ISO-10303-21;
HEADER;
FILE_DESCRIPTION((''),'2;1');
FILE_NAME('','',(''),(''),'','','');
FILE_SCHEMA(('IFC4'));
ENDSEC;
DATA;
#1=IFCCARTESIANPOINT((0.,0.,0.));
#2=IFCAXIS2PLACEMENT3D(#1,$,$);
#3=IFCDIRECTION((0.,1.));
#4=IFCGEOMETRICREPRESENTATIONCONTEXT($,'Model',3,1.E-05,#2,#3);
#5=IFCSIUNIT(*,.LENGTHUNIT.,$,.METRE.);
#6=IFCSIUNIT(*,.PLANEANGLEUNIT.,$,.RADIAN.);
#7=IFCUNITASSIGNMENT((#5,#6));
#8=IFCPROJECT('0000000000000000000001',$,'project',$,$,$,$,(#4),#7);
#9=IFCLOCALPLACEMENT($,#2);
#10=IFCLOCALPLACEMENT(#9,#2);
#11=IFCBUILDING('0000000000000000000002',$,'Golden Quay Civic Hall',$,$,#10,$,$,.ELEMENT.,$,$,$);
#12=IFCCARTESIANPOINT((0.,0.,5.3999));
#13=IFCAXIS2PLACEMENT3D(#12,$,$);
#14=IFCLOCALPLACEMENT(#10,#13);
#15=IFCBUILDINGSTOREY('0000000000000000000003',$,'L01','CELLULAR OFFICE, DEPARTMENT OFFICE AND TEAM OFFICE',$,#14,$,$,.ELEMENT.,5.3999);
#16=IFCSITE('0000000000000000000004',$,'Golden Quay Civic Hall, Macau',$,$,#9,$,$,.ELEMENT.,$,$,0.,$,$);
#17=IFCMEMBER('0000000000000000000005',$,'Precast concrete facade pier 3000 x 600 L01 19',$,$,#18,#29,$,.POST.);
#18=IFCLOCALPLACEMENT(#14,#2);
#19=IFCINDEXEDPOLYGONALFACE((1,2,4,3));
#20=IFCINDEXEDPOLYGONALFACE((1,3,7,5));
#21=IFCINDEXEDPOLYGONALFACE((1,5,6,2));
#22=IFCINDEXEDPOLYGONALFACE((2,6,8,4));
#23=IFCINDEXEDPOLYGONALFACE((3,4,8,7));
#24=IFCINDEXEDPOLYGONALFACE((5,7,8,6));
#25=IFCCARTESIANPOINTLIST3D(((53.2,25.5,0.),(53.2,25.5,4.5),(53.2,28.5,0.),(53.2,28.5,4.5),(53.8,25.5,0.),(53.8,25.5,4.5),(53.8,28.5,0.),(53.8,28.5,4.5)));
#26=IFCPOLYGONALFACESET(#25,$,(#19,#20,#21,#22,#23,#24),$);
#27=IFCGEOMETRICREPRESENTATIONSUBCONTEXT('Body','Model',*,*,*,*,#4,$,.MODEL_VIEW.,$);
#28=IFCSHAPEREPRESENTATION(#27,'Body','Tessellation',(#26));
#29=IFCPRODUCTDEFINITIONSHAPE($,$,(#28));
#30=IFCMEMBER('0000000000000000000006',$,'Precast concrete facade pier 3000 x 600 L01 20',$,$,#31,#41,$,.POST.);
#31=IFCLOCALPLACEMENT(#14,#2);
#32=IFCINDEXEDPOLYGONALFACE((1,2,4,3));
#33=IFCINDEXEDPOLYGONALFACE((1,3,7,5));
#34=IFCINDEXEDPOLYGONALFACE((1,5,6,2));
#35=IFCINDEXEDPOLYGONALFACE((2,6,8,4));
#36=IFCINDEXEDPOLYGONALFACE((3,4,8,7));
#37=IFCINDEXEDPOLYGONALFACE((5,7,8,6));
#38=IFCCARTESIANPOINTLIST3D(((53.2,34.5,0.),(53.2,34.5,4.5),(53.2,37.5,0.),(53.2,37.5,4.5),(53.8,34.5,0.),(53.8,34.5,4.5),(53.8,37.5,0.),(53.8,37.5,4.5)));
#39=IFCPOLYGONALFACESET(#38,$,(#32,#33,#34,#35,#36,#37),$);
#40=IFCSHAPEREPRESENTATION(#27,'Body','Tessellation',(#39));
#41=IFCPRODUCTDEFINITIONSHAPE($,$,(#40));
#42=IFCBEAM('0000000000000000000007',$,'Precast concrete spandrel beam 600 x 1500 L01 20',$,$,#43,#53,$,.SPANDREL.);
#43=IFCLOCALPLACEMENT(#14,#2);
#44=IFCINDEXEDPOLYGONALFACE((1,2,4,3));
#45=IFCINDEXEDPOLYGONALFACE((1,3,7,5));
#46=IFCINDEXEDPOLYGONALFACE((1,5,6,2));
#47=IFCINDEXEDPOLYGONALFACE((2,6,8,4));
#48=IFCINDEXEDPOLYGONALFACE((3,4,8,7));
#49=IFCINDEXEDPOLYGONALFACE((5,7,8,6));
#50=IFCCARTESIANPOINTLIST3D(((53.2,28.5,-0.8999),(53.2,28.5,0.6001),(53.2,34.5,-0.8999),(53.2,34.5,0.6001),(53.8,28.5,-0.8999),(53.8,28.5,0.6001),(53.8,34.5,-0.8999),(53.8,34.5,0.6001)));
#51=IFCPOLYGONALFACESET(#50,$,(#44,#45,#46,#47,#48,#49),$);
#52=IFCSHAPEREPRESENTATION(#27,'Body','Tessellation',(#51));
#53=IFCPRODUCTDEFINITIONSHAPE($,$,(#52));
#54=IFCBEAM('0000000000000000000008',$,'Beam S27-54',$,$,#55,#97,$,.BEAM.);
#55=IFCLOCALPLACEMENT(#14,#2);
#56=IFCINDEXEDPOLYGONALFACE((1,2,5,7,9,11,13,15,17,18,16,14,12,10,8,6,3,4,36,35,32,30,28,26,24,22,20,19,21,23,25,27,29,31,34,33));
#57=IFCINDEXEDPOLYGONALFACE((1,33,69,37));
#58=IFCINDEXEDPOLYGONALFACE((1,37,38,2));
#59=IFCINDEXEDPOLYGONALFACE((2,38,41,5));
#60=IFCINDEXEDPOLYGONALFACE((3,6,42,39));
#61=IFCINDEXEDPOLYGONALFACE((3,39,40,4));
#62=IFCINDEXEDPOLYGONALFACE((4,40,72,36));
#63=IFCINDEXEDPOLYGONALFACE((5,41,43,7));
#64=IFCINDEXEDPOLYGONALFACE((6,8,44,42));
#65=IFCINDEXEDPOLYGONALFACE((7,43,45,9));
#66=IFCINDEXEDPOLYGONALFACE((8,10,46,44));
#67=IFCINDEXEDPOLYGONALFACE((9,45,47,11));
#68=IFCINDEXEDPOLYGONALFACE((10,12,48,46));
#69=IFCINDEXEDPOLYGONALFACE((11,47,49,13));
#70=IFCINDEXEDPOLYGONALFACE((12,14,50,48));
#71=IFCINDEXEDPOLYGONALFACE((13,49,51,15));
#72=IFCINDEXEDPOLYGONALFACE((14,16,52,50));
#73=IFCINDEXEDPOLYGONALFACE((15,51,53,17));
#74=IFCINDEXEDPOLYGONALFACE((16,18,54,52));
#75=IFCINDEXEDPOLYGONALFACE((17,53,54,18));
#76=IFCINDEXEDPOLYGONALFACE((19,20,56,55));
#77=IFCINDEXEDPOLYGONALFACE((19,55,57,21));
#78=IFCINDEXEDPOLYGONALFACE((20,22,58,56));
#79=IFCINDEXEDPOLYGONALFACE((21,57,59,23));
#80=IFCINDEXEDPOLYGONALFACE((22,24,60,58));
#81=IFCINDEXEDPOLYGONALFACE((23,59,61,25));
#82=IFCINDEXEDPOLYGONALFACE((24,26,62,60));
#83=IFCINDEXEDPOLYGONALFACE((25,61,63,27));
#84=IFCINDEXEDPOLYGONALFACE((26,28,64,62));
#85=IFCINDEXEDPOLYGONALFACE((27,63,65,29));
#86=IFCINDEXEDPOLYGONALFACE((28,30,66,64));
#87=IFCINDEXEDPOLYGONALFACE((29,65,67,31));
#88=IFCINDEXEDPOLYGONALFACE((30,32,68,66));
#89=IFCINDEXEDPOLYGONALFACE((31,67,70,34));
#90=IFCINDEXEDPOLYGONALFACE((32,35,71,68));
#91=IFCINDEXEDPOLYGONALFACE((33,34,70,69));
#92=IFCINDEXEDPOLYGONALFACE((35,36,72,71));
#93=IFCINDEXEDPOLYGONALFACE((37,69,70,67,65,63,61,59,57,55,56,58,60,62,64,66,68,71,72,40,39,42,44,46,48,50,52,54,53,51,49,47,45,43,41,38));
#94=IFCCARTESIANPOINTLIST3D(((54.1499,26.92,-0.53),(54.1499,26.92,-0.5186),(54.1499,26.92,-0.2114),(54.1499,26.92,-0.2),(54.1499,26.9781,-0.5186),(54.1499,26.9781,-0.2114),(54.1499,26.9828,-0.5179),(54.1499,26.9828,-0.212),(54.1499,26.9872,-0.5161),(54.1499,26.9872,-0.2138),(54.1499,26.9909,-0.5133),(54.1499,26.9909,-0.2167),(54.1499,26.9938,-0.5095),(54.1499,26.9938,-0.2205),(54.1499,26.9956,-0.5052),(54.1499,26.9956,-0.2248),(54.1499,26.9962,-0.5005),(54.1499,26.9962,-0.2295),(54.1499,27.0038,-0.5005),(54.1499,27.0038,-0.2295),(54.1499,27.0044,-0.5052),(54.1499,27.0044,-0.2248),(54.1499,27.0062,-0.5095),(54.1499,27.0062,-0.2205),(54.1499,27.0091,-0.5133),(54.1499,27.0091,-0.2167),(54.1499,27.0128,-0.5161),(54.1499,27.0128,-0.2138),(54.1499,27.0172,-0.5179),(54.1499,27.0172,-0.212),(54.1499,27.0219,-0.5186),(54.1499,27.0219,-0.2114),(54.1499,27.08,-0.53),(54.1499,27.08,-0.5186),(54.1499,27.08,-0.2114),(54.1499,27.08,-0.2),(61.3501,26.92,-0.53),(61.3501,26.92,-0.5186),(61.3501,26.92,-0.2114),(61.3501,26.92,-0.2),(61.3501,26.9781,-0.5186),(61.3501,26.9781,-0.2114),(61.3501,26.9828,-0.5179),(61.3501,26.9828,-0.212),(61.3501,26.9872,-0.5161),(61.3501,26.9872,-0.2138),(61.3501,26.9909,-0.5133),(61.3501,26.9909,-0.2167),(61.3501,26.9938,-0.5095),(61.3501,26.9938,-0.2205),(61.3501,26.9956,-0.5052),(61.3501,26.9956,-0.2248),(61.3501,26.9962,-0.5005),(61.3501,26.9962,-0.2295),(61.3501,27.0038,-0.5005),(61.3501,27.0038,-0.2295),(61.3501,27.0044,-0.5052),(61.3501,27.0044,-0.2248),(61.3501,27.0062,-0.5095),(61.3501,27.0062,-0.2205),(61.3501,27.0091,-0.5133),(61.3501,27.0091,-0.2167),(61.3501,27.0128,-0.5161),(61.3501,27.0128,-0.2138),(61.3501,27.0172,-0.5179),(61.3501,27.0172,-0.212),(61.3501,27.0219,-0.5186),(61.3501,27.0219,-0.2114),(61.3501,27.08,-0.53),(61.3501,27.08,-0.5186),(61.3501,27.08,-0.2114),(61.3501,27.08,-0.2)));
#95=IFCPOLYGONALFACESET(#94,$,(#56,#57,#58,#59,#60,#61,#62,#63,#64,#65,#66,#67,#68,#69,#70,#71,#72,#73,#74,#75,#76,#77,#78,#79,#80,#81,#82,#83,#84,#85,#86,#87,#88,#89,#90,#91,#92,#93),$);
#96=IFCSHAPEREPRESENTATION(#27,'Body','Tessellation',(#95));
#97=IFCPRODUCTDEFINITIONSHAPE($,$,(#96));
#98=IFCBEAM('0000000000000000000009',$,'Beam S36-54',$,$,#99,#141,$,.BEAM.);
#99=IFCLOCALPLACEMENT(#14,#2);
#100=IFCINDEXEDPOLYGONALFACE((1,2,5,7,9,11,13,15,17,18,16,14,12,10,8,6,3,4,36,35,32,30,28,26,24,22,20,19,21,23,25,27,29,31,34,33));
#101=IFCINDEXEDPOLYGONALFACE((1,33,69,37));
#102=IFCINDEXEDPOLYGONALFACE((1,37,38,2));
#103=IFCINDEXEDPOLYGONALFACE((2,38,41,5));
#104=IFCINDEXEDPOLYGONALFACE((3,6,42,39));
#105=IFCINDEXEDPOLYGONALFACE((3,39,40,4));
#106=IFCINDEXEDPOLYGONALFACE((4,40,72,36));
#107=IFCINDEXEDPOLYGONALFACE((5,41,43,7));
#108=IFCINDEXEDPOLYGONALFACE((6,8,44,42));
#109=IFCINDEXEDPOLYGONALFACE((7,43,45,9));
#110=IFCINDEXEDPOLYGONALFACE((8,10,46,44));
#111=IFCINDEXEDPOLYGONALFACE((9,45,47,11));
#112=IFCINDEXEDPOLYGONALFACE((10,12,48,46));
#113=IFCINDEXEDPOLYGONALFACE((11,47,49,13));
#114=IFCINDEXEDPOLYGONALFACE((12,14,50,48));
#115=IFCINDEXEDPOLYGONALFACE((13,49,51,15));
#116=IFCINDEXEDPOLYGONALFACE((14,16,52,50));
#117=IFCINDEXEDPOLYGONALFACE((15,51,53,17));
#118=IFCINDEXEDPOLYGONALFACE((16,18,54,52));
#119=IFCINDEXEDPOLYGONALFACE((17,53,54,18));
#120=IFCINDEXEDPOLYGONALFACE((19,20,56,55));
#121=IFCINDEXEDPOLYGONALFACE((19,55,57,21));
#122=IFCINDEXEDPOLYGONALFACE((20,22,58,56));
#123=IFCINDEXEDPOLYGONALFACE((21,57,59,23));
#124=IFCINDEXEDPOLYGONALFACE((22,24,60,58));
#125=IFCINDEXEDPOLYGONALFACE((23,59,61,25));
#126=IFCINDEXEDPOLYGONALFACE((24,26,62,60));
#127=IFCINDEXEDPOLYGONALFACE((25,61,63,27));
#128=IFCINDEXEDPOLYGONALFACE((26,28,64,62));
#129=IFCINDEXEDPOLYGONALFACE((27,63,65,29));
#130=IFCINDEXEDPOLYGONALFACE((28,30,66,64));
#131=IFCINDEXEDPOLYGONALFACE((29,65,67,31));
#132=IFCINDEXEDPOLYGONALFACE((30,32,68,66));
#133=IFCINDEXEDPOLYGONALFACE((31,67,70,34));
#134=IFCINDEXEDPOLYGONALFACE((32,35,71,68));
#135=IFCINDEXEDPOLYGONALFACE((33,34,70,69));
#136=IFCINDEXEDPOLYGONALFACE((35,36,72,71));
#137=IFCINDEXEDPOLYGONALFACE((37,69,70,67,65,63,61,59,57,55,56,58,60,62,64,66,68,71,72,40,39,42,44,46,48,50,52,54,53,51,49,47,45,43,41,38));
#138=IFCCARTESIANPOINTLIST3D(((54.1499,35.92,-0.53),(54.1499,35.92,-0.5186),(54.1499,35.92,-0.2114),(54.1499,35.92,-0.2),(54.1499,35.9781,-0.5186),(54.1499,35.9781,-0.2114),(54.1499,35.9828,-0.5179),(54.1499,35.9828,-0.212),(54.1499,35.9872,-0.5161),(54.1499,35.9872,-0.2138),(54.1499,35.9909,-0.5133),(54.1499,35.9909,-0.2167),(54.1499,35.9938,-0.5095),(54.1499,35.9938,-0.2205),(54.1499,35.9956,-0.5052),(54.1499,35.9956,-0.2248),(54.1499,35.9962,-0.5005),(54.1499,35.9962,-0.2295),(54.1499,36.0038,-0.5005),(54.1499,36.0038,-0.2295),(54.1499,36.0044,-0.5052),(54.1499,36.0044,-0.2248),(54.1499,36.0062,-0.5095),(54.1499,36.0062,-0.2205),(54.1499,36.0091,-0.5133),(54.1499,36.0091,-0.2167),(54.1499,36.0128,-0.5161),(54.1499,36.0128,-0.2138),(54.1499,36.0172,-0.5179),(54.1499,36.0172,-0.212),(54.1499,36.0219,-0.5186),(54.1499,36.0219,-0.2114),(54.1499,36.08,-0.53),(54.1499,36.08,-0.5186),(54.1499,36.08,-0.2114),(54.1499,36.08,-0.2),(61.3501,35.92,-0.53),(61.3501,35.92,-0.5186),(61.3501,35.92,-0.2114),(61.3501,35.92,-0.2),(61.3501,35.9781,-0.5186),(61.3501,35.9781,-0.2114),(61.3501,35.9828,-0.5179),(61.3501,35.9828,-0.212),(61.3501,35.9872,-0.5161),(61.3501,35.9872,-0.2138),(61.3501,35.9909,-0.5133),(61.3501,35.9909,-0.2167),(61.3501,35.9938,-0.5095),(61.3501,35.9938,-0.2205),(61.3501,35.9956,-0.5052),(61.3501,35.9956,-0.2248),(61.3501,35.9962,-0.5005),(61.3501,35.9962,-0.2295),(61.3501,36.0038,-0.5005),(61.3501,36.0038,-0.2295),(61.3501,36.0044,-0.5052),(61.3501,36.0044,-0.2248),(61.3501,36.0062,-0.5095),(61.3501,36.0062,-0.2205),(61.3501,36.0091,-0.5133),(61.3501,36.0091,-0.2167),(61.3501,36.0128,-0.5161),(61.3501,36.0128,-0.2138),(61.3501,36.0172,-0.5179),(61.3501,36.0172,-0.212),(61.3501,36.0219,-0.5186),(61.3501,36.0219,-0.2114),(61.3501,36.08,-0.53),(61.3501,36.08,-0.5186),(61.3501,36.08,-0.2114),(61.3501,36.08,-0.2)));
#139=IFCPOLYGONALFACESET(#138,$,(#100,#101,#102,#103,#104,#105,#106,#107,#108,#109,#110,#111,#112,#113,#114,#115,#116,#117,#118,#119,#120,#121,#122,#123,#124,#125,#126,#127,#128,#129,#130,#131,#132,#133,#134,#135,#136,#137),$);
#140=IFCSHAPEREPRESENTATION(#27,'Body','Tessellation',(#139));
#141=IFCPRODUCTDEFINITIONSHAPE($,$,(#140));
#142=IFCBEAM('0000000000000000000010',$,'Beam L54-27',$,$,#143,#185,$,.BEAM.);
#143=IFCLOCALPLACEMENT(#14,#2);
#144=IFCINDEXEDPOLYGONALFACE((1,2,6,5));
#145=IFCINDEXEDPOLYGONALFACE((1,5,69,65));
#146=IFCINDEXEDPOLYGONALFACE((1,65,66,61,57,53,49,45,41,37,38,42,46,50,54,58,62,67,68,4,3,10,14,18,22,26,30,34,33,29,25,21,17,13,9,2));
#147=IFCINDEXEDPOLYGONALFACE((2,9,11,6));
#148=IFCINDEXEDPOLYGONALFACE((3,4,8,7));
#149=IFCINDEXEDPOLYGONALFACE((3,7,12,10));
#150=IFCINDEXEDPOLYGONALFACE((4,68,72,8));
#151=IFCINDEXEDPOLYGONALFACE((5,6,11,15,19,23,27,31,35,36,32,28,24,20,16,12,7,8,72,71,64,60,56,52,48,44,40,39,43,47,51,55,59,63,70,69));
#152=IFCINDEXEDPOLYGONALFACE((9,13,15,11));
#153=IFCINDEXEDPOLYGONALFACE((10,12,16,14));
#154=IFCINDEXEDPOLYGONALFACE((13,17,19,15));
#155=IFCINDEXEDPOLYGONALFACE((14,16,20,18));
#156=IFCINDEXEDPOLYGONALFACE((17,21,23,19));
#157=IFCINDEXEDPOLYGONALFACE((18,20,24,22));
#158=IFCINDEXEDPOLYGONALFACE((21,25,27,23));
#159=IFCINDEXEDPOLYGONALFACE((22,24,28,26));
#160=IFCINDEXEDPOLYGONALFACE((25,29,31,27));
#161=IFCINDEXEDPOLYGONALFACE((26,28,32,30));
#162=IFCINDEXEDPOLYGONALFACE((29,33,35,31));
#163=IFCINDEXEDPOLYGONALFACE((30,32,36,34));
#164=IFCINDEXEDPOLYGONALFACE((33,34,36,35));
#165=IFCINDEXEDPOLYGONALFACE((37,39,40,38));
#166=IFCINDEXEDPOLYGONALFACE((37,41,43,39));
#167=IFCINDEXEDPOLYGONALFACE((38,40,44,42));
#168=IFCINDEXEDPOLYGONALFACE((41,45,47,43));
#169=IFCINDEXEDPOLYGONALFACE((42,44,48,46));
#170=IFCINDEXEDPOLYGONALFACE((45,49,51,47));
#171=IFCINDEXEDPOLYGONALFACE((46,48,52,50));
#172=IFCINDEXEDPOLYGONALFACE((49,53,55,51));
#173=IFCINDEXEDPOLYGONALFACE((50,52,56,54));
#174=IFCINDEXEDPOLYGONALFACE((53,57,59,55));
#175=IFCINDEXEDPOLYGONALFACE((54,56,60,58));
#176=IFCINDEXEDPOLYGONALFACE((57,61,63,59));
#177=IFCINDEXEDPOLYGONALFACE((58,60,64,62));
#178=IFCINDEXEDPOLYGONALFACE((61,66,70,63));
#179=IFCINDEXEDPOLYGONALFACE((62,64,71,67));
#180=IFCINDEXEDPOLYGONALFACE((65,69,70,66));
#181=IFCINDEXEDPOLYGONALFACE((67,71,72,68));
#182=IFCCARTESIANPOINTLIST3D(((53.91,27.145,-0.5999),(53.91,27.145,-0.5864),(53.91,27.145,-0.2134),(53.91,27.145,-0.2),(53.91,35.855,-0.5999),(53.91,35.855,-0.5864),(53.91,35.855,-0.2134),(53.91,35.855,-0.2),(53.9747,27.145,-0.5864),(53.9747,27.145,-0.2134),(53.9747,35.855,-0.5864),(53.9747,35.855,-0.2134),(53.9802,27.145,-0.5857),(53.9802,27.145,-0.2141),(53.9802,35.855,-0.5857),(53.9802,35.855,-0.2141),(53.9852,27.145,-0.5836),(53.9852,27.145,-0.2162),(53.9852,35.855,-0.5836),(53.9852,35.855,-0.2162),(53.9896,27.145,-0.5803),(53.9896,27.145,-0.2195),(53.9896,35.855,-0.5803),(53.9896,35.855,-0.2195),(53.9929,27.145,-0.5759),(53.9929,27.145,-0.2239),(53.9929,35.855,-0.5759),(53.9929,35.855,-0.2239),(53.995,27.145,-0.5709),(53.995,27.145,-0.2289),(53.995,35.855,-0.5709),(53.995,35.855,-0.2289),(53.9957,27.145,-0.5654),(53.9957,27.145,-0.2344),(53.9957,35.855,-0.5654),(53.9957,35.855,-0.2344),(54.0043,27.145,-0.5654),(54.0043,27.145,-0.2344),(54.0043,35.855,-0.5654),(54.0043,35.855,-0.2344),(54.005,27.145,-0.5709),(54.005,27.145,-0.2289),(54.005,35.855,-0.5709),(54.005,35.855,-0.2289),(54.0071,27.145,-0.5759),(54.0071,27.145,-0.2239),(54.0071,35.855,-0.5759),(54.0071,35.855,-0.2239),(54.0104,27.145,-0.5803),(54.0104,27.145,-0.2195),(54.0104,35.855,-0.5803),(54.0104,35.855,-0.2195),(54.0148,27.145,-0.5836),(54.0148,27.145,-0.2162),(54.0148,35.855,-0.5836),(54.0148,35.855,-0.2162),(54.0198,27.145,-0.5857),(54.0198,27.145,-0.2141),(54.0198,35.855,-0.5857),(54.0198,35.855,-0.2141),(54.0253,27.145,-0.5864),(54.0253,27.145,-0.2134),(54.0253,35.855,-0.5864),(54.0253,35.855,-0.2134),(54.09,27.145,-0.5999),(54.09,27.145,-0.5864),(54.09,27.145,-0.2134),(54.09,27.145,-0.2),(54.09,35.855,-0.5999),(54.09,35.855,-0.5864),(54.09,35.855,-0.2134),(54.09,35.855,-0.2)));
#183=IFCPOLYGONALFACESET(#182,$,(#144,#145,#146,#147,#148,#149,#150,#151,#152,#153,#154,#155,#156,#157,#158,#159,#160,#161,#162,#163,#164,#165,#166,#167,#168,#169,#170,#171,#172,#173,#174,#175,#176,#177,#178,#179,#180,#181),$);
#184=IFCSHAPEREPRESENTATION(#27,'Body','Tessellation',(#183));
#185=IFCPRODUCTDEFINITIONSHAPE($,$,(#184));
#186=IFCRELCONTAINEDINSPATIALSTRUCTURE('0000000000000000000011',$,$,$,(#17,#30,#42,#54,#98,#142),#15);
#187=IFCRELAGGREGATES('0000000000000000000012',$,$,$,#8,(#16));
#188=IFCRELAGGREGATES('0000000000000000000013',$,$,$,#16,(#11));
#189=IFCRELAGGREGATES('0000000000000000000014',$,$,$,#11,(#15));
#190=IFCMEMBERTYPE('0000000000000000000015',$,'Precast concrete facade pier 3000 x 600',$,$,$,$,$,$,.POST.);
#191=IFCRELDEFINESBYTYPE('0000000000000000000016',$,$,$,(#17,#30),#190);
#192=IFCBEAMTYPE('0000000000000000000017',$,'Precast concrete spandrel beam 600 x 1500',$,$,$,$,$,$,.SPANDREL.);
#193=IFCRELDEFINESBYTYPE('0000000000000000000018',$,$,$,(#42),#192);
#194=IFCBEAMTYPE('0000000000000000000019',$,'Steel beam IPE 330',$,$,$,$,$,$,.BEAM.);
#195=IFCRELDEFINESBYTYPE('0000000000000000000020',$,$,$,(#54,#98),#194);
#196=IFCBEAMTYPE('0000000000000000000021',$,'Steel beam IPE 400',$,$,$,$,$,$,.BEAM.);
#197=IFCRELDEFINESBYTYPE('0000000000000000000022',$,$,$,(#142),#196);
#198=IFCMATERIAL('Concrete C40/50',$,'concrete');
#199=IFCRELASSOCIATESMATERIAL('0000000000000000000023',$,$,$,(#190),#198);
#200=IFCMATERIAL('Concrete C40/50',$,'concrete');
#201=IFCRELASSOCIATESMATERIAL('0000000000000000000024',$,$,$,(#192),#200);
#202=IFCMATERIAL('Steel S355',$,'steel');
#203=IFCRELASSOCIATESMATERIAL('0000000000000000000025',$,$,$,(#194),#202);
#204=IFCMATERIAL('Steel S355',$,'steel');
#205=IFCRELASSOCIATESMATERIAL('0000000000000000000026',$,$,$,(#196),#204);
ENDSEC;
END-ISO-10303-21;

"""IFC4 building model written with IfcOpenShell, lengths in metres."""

from ifc_helpers import new_model, si_unit, direction, frame, origin, origin_2d, place, context, subcontext, project, spatial, rectangle, i_section, extrude, material, material_profile, profile_set, type_object, element, save


model = new_model("IFC4")

# Units and contexts
model_context = context("Model", 3, precision=1e-05, world=origin(), true_north=direction((0.0, 1.0)))
body_context = subcontext(model_context, "Body", "Model", "MODEL_VIEW")
ifc_project = project(units=[si_unit("LENGTHUNIT", "METRE"), si_unit("PLANEANGLEUNIT", "RADIAN")], contexts=[model_context])

# Site, building, storey
site_placement = place(None, origin())
site = spatial("IfcSite", under=ifc_project, at=site_placement, Name="Golden Quay Civic Hall, Macau", CompositionType="ELEMENT", RefElevation=0.0)
building_placement = place(site_placement, origin())
building = spatial("IfcBuilding", under=site, at=building_placement, Name="Golden Quay Civic Hall", CompositionType="ELEMENT")
storey_placement = place(building_placement, frame((0.0, 0.0, 5.3999)))
storey = spatial("IfcBuildingStorey", under=building, at=storey_placement, Name="L01", Description="CELLULAR OFFICE, DEPARTMENT OFFICE AND TEAM OFFICE", CompositionType="ELEMENT", Elevation=5.3999)

# Members
ifc_material_1 = material(Name="Concrete C40/50", Category="concrete")
ifc_material_profile_1 = material_profile(ifc_material_1, rectangle(XDim=3.0, YDim=0.6001, at=origin_2d()), Name="RC 3000x600")
ifc_profile_set_1 = profile_set([ifc_material_profile_1], Name="Concrete C40/50")
member_type = type_object("IfcMemberType", Name="Precast concrete facade pier 3000 x 600", PredefinedType="POST", material=ifc_profile_set_1)
for number, where, z_axis, x_axis, name in (
    (1, (53.5, 27.0, 0.0), (0.0, 0.0, 1.0), (0.0, 1.0, 0.0), "Precast concrete facade pier 3000 x 600 L01 19"),
    (2, (53.5, 36.0, 0.0), (0.0, 0.0, 1.0), (0.0, 1.0, 0.0), "Precast concrete facade pier 3000 x 600 L01 20"),
):
    element("IfcMember", number, at=place(storey_placement, frame(where, z_axis=z_axis, x_axis=x_axis)), inside=storey, type_object=member_type, Name=name, PredefinedType="POST", context=body_context, shape_type="SweptSolid", body=[
        extrude(rectangle(XDim=3.0, YDim=0.6001, at=origin_2d()), origin(), (0.0, 0.0, 1.0), 4.5),
    ])

# Beams
ifc_material_2 = material(Name="Concrete C40/50", Category="concrete")
ifc_material_profile_2 = material_profile(ifc_material_2, rectangle(XDim=0.6001, YDim=1.5, at=origin_2d()), Name="RC 600x1500")
ifc_profile_set_2 = profile_set([ifc_material_profile_2], Name="Concrete C40/50")
beam_type_1 = type_object("IfcBeamType", Name="Precast concrete spandrel beam 600 x 1500", PredefinedType="SPANDREL", material=ifc_profile_set_2)
beam_1_placement = place(storey_placement, frame((53.5, 28.5, -0.1499), z_axis=(0.0, 1.0, 0.0), x_axis=(-1.0, 0.0, 0.0)))
element("IfcBeam", 3, at=beam_1_placement, inside=storey, type_object=beam_type_1, Name="Precast concrete spandrel beam 600 x 1500 L01 20", PredefinedType="SPANDREL", context=body_context, shape_type="SweptSolid", body=[
    extrude(rectangle(XDim=0.6001, YDim=1.5, at=origin_2d()), origin(), (0.0, 0.0, 1.0), 6.0),
])
ifc_material_3 = material(Name="Steel S355", Category="steel")
ifc_material_profile_3 = material_profile(ifc_material_3, i_section(OverallWidth=0.1599, OverallDepth=0.3301, WebThickness=0.0076, FlangeThickness=0.0115, FilletRadius=0.0181, at=origin_2d()), Name="IPE 330")
ifc_profile_set_3 = profile_set([ifc_material_profile_3], Name="Steel S355")
beam_type_2 = type_object("IfcBeamType", Name="Steel beam IPE 330", PredefinedType="BEAM", material=ifc_profile_set_3)
for number, where, z_axis, x_axis, name in (
    (4, (54.1499, 27.0, -0.365), (1.0, 0.0, 0.0), (0.0, 1.0, 0.0), "Beam S27-54"),
    (5, (54.1499, 36.0, -0.365), (1.0, 0.0, 0.0), (0.0, 1.0, 0.0), "Beam S36-54"),
):
    element("IfcBeam", number, at=place(storey_placement, frame(where, z_axis=z_axis, x_axis=x_axis)), inside=storey, type_object=beam_type_2, Name=name, PredefinedType="BEAM", context=body_context, shape_type="SweptSolid", body=[
        extrude(i_section(OverallWidth=0.1599, OverallDepth=0.3301, WebThickness=0.0076, FlangeThickness=0.0115, FilletRadius=0.0181, at=origin_2d()), origin(), (0.0, 0.0, 1.0), 7.2002),
    ])
ifc_material_4 = material(Name="Steel S355", Category="steel")
ifc_material_profile_4 = material_profile(ifc_material_4, i_section(OverallWidth=0.1799, OverallDepth=0.3999, WebThickness=0.0085, FlangeThickness=0.0134, FilletRadius=0.021, at=origin_2d()), Name="IPE 400")
ifc_profile_set_4 = profile_set([ifc_material_profile_4], Name="Steel S355")
beam_type_3 = type_object("IfcBeamType", Name="Steel beam IPE 400", PredefinedType="BEAM", material=ifc_profile_set_4)
for number, where, z_axis, x_axis, name in (
    (6, (54.0, 27.145, -0.3999), (0.0, 1.0, 0.0), (-1.0, 0.0, 0.0), "Beam L54-27"),
):
    element("IfcBeam", number, at=place(storey_placement, frame(where, z_axis=z_axis, x_axis=x_axis)), inside=storey, type_object=beam_type_3, Name=name, PredefinedType="BEAM", context=body_context, shape_type="SweptSolid", body=[
        extrude(i_section(OverallWidth=0.1799, OverallDepth=0.3999, WebThickness=0.0085, FlangeThickness=0.0134, FilletRadius=0.021, at=origin_2d()), origin(), (0.0, 0.0, 1.0), 8.71),
    ])

save(model, "model.ifc")
